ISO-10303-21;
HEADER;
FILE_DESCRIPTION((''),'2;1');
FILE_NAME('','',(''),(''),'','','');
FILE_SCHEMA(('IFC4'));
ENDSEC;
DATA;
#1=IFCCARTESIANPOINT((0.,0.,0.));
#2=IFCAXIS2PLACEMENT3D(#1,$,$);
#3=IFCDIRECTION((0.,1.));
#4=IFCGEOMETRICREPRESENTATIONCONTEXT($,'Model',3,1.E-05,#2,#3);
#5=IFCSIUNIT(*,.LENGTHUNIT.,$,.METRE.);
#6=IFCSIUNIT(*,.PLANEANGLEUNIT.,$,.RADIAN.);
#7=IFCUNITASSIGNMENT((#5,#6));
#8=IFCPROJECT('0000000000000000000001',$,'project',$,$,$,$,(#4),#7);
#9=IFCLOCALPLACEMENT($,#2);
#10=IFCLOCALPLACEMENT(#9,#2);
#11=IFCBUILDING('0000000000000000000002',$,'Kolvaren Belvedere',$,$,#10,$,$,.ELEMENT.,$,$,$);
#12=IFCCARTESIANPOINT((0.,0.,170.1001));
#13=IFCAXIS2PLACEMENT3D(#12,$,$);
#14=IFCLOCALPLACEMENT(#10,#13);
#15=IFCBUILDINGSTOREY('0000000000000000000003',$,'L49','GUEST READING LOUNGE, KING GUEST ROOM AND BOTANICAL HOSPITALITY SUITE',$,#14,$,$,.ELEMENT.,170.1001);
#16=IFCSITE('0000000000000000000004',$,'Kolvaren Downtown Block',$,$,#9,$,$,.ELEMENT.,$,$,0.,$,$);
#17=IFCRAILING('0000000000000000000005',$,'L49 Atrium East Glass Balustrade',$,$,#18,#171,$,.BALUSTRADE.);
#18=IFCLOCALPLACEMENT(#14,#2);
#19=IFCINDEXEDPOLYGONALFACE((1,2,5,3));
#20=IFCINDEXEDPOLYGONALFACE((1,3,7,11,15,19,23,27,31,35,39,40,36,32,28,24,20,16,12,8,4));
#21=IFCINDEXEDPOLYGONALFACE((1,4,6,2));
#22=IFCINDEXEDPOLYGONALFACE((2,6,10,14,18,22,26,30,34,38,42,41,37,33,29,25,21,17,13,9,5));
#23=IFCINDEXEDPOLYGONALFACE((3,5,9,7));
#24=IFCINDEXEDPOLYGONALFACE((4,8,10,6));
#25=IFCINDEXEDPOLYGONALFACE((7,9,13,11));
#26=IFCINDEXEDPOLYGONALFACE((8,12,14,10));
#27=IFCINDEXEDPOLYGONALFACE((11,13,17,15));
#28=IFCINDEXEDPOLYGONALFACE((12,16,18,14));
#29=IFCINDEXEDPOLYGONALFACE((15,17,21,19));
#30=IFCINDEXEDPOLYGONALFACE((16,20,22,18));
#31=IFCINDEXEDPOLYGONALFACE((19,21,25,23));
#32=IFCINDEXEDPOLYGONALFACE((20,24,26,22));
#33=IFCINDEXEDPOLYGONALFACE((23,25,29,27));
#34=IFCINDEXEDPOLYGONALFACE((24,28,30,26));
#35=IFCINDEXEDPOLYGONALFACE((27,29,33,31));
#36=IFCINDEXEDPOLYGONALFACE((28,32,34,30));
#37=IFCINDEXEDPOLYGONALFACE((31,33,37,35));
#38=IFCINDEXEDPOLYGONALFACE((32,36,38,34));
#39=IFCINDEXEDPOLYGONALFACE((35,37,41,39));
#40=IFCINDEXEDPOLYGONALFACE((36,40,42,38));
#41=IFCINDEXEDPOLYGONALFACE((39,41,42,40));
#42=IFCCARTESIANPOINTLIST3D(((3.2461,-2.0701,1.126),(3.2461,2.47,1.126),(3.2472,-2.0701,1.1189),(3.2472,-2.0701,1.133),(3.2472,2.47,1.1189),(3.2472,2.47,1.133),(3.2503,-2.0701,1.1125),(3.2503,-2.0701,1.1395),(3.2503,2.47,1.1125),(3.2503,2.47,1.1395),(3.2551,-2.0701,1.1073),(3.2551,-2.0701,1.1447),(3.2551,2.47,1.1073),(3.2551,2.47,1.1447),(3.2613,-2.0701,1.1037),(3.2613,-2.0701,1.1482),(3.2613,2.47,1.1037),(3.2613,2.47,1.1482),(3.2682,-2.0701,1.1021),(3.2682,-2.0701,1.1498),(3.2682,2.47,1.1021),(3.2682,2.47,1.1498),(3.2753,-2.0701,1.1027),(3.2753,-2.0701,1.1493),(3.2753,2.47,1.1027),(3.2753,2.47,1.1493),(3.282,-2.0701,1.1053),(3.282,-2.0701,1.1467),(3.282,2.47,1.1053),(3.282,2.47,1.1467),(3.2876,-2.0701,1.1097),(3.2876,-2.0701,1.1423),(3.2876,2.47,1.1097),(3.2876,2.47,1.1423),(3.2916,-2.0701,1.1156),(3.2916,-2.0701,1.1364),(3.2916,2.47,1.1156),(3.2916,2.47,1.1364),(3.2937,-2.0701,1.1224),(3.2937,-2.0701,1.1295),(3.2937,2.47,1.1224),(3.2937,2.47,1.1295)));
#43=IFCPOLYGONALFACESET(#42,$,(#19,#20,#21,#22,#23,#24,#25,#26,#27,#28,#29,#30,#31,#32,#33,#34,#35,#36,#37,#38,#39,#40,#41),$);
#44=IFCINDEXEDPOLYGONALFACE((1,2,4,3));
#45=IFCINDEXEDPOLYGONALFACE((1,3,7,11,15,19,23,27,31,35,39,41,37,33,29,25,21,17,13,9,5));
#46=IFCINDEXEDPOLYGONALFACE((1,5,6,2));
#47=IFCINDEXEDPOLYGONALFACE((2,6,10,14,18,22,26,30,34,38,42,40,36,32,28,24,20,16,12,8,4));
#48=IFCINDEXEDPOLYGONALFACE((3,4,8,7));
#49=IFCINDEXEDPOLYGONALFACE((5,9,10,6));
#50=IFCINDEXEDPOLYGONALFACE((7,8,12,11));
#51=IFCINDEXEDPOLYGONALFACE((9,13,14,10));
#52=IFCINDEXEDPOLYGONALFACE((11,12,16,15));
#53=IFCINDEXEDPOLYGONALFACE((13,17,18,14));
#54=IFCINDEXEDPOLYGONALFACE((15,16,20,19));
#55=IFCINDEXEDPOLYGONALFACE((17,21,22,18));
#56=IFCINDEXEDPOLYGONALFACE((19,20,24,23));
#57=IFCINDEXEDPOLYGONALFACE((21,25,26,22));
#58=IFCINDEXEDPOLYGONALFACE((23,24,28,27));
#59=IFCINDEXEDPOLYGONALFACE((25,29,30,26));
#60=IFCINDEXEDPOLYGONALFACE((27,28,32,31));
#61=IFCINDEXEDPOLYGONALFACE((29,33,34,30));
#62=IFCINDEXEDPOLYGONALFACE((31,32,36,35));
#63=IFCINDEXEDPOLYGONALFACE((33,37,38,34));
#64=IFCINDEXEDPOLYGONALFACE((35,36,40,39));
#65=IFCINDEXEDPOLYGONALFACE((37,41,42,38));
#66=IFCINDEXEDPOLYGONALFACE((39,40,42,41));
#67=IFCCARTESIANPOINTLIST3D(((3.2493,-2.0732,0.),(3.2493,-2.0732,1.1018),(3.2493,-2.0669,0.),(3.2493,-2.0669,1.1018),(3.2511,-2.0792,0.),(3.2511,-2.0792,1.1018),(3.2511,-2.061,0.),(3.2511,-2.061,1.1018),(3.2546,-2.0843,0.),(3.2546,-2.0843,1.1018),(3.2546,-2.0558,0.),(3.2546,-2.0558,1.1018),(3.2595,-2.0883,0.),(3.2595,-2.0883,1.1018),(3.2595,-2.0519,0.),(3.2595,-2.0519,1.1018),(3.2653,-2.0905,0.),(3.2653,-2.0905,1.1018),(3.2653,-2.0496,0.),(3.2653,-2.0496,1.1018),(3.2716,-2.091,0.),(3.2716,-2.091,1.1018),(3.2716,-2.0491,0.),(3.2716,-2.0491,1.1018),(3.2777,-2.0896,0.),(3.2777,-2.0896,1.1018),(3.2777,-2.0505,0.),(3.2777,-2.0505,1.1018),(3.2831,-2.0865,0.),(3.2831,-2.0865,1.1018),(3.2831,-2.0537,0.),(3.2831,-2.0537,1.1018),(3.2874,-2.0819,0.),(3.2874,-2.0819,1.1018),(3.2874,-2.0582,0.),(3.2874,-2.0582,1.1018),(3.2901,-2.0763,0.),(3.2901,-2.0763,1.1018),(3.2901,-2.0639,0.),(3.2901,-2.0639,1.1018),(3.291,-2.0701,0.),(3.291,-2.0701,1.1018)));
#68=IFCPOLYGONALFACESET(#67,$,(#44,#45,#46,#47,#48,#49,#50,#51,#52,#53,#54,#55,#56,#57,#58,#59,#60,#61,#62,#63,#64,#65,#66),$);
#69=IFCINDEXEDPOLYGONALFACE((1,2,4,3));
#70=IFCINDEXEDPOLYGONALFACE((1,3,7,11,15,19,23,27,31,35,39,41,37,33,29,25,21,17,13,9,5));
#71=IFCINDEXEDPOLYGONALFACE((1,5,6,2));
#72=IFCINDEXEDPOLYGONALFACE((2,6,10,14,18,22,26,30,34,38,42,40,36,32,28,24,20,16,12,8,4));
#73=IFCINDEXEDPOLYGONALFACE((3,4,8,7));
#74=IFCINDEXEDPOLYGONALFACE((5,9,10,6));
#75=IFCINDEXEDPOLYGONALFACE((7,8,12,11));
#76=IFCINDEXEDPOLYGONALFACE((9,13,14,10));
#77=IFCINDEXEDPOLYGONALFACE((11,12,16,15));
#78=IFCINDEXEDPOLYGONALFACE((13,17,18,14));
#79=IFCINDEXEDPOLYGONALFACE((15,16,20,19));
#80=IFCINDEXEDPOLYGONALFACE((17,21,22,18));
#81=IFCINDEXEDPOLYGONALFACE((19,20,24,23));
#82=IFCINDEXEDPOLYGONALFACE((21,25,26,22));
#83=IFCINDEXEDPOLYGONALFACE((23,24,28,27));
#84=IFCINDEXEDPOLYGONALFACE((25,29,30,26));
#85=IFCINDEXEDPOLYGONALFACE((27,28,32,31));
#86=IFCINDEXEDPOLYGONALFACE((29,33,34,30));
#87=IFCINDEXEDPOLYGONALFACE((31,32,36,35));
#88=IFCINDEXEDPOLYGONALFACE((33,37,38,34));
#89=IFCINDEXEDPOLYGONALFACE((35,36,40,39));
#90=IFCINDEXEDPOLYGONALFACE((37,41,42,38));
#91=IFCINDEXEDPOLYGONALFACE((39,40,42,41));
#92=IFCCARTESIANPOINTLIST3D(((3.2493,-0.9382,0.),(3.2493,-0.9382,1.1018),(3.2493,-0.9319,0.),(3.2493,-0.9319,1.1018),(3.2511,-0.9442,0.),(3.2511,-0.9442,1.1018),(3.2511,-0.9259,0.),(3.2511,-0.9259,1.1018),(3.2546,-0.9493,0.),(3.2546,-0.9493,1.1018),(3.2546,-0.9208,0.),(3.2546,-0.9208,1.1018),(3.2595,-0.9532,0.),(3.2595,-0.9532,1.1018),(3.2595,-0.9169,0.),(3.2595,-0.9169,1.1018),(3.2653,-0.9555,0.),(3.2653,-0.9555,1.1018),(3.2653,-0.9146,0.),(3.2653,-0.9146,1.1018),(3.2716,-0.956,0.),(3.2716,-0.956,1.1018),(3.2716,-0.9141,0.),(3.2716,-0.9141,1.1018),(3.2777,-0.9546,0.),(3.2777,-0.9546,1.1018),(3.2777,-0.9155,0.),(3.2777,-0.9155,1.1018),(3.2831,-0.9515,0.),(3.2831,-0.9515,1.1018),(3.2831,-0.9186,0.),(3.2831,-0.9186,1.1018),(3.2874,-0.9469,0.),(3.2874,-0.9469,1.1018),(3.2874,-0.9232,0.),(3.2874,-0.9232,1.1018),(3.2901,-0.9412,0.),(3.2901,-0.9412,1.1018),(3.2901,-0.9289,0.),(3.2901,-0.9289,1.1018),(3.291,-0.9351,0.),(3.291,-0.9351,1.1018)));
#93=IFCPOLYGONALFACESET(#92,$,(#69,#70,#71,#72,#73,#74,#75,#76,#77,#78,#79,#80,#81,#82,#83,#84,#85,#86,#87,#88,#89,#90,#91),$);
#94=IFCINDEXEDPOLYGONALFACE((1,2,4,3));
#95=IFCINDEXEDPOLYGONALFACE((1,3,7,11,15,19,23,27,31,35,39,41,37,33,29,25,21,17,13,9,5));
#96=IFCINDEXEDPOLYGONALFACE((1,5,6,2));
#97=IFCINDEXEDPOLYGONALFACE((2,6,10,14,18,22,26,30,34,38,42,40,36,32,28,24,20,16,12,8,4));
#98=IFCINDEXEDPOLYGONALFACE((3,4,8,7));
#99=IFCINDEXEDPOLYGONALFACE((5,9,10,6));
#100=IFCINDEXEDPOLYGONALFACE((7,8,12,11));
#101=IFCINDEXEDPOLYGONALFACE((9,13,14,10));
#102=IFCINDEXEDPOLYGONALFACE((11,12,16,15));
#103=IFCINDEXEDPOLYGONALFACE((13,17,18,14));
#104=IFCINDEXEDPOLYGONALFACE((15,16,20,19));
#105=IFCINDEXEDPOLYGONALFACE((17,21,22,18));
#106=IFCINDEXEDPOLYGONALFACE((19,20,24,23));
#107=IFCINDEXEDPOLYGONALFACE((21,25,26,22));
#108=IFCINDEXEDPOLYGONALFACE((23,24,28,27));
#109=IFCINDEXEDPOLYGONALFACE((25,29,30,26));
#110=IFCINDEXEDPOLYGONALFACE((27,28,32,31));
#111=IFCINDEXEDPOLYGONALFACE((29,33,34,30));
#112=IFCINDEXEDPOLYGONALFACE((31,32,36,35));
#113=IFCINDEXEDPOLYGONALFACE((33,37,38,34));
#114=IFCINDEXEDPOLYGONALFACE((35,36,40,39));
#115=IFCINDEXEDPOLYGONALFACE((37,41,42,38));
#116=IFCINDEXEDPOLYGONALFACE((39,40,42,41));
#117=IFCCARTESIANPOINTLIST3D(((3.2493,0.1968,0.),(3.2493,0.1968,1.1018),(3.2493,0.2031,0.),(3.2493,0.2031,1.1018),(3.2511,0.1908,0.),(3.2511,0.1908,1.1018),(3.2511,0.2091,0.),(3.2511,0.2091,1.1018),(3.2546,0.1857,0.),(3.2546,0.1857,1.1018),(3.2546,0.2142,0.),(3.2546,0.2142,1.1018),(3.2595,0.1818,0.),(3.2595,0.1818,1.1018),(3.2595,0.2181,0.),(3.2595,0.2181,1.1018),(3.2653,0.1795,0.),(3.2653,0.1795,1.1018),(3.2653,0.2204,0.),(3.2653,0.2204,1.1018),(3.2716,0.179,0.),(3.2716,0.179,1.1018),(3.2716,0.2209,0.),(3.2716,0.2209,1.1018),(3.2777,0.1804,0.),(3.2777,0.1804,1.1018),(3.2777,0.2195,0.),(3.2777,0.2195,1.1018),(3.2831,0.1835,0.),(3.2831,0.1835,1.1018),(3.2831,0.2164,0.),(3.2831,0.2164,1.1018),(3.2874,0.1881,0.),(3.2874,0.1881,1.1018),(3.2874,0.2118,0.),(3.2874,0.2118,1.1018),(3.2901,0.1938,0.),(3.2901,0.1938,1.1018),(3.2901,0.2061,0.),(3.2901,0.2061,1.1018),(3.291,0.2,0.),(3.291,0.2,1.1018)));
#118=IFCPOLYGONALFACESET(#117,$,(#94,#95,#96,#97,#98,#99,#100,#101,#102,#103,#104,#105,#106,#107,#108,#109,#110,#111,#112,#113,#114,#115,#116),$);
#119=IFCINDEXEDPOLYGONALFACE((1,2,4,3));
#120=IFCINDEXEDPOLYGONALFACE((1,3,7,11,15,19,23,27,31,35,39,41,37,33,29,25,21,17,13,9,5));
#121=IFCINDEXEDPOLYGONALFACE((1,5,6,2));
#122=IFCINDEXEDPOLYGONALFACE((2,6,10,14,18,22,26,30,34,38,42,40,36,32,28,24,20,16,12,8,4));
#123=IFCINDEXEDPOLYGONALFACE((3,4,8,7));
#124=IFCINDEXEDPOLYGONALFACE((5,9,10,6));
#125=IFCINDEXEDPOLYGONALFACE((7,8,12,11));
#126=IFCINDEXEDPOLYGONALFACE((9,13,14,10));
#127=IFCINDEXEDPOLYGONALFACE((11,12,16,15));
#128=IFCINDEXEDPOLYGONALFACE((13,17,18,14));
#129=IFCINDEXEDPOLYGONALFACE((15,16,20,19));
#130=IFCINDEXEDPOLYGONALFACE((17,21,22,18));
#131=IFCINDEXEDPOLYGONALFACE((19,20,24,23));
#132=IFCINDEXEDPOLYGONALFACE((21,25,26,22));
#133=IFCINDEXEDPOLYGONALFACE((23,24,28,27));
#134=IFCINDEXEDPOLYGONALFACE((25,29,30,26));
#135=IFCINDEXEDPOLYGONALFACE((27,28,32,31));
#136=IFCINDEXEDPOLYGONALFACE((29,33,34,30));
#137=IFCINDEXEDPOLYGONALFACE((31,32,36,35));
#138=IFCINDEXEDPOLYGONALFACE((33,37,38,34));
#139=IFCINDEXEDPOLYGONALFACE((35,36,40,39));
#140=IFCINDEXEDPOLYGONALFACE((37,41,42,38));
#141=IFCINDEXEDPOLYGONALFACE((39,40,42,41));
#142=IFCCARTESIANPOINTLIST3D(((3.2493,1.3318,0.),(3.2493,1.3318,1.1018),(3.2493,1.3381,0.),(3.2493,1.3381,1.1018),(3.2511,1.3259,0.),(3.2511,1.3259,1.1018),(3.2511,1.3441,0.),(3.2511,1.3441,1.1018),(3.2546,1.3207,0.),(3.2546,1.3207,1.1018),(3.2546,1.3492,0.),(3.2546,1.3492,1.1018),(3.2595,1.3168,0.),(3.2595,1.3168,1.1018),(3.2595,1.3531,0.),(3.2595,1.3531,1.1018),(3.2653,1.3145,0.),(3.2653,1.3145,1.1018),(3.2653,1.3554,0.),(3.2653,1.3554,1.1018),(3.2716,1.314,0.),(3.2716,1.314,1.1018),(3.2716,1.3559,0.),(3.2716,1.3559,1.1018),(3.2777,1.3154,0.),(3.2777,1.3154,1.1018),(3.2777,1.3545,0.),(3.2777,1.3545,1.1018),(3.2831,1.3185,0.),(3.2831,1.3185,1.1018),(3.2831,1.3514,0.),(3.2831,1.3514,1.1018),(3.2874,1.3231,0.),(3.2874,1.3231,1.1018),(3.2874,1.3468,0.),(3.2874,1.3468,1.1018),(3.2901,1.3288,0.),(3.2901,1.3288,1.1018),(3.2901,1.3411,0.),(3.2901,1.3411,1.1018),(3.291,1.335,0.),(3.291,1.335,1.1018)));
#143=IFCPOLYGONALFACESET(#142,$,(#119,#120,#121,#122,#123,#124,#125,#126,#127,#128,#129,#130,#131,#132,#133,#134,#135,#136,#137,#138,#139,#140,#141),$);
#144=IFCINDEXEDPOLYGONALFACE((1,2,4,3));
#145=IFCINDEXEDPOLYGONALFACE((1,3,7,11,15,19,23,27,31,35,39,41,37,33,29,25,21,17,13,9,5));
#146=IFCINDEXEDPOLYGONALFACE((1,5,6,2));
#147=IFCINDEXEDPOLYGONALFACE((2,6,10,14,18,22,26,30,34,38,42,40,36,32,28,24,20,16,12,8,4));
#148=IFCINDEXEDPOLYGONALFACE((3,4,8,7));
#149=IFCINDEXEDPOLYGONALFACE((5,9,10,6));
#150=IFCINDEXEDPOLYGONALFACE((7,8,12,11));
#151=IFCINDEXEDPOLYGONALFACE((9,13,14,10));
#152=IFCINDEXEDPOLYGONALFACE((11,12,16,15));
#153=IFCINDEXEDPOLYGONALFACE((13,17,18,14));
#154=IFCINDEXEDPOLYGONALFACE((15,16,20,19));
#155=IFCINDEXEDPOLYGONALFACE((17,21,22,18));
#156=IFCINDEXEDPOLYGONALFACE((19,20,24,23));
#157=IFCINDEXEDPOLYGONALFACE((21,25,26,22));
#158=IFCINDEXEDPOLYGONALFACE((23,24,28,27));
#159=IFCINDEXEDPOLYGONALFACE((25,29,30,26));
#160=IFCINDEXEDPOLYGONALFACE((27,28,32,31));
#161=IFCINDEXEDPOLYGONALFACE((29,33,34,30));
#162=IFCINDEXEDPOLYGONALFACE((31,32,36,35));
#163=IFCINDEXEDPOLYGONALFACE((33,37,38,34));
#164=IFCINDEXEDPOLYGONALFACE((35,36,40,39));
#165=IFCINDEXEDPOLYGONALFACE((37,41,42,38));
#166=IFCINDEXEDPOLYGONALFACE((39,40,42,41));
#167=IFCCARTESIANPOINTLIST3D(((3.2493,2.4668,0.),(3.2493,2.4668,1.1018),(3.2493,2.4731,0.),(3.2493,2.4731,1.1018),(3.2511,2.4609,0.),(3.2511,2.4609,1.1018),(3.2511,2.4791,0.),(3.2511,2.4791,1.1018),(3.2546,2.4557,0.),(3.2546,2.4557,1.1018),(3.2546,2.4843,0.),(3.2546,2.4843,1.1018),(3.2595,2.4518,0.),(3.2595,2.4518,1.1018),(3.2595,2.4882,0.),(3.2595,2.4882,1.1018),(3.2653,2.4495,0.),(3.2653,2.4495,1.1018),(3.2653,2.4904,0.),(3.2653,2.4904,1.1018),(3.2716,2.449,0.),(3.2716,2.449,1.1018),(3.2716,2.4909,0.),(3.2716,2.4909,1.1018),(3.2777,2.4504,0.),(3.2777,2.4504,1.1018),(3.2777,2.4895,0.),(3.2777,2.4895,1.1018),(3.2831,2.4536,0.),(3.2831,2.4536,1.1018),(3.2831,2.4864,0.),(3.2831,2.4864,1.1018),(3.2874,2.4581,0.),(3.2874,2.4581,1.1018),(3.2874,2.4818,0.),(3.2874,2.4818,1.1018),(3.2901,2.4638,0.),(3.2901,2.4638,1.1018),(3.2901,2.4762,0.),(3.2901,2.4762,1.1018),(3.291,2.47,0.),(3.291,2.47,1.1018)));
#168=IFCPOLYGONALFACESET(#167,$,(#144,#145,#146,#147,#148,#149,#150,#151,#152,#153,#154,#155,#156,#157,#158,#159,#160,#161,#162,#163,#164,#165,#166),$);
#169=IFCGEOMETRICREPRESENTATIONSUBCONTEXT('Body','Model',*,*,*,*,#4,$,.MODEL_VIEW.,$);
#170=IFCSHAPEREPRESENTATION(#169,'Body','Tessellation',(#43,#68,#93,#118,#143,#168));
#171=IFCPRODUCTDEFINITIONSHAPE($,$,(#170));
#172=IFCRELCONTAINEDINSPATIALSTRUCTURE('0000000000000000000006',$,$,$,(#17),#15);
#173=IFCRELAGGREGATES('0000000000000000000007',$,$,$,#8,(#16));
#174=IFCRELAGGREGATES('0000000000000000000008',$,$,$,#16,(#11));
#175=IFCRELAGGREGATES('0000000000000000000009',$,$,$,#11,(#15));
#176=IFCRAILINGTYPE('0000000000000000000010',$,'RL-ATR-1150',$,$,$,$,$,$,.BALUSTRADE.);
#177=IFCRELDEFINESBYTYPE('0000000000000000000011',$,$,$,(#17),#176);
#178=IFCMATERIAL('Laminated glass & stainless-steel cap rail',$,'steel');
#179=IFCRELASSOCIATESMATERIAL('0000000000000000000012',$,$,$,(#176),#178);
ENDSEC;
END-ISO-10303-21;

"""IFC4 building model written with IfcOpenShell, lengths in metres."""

from ifc_helpers import new_model, si_unit, direction, frame, origin, origin_2d, place, context, subcontext, project, spatial, circle, extrude, material, type_object, element, save


model = new_model("IFC4")

# Units and contexts
model_context = context("Model", 3, precision=1e-05, world=origin(), true_north=direction((0.0, 1.0)))
body_context = subcontext(model_context, "Body", "Model", "MODEL_VIEW")
ifc_project = project(units=[si_unit("LENGTHUNIT", "METRE"), si_unit("PLANEANGLEUNIT", "RADIAN")], contexts=[model_context])

# Site, building, storey
site_placement = place(None, origin())
site = spatial("IfcSite", under=ifc_project, at=site_placement, Name="Kolvaren Downtown Block", CompositionType="ELEMENT", RefElevation=0.0)
building_placement = place(site_placement, origin())
building = spatial("IfcBuilding", under=site, at=building_placement, Name="Kolvaren Belvedere", CompositionType="ELEMENT")
storey_placement = place(building_placement, frame((0.0, 0.0, 170.1001)))
storey = spatial("IfcBuildingStorey", under=building, at=storey_placement, Name="L49", Description="GUEST READING LOUNGE, KING GUEST ROOM AND BOTANICAL HOSPITALITY SUITE", CompositionType="ELEMENT", Elevation=170.1001)

# Railing
ifc_material_1 = material(Name="Laminated glass & stainless-steel cap rail", Category="steel")
railing_type = type_object("IfcRailingType", Name="RL-ATR-1150", PredefinedType="BALUSTRADE", material=ifc_material_1)
railing_placement = place(storey_placement, frame((3.27, -2.0701, 0.0)))
element("IfcRailing", 1, at=railing_placement, inside=storey, type_object=railing_type, Name="L49 Atrium East Glass Balustrade", PredefinedType="BALUSTRADE", context=body_context, shape_type="SweptSolid", body=[
    extrude(circle(Radius=0.0239, at=origin_2d()), frame((0.0, 0.0, 1.126), z_axis=(0.0, 1.0, 0.0), x_axis=(-1.0, 0.0, 0.0)), (0.0, 0.0, 1.0), 4.54),
    extrude(circle(Radius=0.021, at=origin_2d()), origin(), (0.0, 0.0, 1.0), 1.1018),
    extrude(circle(Radius=0.021, at=origin_2d()), frame((0.0, 1.135, 0.0)), (0.0, 0.0, 1.0), 1.1018),
    extrude(circle(Radius=0.021, at=origin_2d()), frame((0.0, 2.27, 0.0)), (0.0, 0.0, 1.0), 1.1018),
    extrude(circle(Radius=0.021, at=origin_2d()), frame((0.0, 3.405, 0.0)), (0.0, 0.0, 1.0), 1.1018),
    extrude(circle(Radius=0.021, at=origin_2d()), frame((0.0, 4.54, 0.0)), (0.0, 0.0, 1.0), 1.1018),
])

save(model, "model.ifc")
